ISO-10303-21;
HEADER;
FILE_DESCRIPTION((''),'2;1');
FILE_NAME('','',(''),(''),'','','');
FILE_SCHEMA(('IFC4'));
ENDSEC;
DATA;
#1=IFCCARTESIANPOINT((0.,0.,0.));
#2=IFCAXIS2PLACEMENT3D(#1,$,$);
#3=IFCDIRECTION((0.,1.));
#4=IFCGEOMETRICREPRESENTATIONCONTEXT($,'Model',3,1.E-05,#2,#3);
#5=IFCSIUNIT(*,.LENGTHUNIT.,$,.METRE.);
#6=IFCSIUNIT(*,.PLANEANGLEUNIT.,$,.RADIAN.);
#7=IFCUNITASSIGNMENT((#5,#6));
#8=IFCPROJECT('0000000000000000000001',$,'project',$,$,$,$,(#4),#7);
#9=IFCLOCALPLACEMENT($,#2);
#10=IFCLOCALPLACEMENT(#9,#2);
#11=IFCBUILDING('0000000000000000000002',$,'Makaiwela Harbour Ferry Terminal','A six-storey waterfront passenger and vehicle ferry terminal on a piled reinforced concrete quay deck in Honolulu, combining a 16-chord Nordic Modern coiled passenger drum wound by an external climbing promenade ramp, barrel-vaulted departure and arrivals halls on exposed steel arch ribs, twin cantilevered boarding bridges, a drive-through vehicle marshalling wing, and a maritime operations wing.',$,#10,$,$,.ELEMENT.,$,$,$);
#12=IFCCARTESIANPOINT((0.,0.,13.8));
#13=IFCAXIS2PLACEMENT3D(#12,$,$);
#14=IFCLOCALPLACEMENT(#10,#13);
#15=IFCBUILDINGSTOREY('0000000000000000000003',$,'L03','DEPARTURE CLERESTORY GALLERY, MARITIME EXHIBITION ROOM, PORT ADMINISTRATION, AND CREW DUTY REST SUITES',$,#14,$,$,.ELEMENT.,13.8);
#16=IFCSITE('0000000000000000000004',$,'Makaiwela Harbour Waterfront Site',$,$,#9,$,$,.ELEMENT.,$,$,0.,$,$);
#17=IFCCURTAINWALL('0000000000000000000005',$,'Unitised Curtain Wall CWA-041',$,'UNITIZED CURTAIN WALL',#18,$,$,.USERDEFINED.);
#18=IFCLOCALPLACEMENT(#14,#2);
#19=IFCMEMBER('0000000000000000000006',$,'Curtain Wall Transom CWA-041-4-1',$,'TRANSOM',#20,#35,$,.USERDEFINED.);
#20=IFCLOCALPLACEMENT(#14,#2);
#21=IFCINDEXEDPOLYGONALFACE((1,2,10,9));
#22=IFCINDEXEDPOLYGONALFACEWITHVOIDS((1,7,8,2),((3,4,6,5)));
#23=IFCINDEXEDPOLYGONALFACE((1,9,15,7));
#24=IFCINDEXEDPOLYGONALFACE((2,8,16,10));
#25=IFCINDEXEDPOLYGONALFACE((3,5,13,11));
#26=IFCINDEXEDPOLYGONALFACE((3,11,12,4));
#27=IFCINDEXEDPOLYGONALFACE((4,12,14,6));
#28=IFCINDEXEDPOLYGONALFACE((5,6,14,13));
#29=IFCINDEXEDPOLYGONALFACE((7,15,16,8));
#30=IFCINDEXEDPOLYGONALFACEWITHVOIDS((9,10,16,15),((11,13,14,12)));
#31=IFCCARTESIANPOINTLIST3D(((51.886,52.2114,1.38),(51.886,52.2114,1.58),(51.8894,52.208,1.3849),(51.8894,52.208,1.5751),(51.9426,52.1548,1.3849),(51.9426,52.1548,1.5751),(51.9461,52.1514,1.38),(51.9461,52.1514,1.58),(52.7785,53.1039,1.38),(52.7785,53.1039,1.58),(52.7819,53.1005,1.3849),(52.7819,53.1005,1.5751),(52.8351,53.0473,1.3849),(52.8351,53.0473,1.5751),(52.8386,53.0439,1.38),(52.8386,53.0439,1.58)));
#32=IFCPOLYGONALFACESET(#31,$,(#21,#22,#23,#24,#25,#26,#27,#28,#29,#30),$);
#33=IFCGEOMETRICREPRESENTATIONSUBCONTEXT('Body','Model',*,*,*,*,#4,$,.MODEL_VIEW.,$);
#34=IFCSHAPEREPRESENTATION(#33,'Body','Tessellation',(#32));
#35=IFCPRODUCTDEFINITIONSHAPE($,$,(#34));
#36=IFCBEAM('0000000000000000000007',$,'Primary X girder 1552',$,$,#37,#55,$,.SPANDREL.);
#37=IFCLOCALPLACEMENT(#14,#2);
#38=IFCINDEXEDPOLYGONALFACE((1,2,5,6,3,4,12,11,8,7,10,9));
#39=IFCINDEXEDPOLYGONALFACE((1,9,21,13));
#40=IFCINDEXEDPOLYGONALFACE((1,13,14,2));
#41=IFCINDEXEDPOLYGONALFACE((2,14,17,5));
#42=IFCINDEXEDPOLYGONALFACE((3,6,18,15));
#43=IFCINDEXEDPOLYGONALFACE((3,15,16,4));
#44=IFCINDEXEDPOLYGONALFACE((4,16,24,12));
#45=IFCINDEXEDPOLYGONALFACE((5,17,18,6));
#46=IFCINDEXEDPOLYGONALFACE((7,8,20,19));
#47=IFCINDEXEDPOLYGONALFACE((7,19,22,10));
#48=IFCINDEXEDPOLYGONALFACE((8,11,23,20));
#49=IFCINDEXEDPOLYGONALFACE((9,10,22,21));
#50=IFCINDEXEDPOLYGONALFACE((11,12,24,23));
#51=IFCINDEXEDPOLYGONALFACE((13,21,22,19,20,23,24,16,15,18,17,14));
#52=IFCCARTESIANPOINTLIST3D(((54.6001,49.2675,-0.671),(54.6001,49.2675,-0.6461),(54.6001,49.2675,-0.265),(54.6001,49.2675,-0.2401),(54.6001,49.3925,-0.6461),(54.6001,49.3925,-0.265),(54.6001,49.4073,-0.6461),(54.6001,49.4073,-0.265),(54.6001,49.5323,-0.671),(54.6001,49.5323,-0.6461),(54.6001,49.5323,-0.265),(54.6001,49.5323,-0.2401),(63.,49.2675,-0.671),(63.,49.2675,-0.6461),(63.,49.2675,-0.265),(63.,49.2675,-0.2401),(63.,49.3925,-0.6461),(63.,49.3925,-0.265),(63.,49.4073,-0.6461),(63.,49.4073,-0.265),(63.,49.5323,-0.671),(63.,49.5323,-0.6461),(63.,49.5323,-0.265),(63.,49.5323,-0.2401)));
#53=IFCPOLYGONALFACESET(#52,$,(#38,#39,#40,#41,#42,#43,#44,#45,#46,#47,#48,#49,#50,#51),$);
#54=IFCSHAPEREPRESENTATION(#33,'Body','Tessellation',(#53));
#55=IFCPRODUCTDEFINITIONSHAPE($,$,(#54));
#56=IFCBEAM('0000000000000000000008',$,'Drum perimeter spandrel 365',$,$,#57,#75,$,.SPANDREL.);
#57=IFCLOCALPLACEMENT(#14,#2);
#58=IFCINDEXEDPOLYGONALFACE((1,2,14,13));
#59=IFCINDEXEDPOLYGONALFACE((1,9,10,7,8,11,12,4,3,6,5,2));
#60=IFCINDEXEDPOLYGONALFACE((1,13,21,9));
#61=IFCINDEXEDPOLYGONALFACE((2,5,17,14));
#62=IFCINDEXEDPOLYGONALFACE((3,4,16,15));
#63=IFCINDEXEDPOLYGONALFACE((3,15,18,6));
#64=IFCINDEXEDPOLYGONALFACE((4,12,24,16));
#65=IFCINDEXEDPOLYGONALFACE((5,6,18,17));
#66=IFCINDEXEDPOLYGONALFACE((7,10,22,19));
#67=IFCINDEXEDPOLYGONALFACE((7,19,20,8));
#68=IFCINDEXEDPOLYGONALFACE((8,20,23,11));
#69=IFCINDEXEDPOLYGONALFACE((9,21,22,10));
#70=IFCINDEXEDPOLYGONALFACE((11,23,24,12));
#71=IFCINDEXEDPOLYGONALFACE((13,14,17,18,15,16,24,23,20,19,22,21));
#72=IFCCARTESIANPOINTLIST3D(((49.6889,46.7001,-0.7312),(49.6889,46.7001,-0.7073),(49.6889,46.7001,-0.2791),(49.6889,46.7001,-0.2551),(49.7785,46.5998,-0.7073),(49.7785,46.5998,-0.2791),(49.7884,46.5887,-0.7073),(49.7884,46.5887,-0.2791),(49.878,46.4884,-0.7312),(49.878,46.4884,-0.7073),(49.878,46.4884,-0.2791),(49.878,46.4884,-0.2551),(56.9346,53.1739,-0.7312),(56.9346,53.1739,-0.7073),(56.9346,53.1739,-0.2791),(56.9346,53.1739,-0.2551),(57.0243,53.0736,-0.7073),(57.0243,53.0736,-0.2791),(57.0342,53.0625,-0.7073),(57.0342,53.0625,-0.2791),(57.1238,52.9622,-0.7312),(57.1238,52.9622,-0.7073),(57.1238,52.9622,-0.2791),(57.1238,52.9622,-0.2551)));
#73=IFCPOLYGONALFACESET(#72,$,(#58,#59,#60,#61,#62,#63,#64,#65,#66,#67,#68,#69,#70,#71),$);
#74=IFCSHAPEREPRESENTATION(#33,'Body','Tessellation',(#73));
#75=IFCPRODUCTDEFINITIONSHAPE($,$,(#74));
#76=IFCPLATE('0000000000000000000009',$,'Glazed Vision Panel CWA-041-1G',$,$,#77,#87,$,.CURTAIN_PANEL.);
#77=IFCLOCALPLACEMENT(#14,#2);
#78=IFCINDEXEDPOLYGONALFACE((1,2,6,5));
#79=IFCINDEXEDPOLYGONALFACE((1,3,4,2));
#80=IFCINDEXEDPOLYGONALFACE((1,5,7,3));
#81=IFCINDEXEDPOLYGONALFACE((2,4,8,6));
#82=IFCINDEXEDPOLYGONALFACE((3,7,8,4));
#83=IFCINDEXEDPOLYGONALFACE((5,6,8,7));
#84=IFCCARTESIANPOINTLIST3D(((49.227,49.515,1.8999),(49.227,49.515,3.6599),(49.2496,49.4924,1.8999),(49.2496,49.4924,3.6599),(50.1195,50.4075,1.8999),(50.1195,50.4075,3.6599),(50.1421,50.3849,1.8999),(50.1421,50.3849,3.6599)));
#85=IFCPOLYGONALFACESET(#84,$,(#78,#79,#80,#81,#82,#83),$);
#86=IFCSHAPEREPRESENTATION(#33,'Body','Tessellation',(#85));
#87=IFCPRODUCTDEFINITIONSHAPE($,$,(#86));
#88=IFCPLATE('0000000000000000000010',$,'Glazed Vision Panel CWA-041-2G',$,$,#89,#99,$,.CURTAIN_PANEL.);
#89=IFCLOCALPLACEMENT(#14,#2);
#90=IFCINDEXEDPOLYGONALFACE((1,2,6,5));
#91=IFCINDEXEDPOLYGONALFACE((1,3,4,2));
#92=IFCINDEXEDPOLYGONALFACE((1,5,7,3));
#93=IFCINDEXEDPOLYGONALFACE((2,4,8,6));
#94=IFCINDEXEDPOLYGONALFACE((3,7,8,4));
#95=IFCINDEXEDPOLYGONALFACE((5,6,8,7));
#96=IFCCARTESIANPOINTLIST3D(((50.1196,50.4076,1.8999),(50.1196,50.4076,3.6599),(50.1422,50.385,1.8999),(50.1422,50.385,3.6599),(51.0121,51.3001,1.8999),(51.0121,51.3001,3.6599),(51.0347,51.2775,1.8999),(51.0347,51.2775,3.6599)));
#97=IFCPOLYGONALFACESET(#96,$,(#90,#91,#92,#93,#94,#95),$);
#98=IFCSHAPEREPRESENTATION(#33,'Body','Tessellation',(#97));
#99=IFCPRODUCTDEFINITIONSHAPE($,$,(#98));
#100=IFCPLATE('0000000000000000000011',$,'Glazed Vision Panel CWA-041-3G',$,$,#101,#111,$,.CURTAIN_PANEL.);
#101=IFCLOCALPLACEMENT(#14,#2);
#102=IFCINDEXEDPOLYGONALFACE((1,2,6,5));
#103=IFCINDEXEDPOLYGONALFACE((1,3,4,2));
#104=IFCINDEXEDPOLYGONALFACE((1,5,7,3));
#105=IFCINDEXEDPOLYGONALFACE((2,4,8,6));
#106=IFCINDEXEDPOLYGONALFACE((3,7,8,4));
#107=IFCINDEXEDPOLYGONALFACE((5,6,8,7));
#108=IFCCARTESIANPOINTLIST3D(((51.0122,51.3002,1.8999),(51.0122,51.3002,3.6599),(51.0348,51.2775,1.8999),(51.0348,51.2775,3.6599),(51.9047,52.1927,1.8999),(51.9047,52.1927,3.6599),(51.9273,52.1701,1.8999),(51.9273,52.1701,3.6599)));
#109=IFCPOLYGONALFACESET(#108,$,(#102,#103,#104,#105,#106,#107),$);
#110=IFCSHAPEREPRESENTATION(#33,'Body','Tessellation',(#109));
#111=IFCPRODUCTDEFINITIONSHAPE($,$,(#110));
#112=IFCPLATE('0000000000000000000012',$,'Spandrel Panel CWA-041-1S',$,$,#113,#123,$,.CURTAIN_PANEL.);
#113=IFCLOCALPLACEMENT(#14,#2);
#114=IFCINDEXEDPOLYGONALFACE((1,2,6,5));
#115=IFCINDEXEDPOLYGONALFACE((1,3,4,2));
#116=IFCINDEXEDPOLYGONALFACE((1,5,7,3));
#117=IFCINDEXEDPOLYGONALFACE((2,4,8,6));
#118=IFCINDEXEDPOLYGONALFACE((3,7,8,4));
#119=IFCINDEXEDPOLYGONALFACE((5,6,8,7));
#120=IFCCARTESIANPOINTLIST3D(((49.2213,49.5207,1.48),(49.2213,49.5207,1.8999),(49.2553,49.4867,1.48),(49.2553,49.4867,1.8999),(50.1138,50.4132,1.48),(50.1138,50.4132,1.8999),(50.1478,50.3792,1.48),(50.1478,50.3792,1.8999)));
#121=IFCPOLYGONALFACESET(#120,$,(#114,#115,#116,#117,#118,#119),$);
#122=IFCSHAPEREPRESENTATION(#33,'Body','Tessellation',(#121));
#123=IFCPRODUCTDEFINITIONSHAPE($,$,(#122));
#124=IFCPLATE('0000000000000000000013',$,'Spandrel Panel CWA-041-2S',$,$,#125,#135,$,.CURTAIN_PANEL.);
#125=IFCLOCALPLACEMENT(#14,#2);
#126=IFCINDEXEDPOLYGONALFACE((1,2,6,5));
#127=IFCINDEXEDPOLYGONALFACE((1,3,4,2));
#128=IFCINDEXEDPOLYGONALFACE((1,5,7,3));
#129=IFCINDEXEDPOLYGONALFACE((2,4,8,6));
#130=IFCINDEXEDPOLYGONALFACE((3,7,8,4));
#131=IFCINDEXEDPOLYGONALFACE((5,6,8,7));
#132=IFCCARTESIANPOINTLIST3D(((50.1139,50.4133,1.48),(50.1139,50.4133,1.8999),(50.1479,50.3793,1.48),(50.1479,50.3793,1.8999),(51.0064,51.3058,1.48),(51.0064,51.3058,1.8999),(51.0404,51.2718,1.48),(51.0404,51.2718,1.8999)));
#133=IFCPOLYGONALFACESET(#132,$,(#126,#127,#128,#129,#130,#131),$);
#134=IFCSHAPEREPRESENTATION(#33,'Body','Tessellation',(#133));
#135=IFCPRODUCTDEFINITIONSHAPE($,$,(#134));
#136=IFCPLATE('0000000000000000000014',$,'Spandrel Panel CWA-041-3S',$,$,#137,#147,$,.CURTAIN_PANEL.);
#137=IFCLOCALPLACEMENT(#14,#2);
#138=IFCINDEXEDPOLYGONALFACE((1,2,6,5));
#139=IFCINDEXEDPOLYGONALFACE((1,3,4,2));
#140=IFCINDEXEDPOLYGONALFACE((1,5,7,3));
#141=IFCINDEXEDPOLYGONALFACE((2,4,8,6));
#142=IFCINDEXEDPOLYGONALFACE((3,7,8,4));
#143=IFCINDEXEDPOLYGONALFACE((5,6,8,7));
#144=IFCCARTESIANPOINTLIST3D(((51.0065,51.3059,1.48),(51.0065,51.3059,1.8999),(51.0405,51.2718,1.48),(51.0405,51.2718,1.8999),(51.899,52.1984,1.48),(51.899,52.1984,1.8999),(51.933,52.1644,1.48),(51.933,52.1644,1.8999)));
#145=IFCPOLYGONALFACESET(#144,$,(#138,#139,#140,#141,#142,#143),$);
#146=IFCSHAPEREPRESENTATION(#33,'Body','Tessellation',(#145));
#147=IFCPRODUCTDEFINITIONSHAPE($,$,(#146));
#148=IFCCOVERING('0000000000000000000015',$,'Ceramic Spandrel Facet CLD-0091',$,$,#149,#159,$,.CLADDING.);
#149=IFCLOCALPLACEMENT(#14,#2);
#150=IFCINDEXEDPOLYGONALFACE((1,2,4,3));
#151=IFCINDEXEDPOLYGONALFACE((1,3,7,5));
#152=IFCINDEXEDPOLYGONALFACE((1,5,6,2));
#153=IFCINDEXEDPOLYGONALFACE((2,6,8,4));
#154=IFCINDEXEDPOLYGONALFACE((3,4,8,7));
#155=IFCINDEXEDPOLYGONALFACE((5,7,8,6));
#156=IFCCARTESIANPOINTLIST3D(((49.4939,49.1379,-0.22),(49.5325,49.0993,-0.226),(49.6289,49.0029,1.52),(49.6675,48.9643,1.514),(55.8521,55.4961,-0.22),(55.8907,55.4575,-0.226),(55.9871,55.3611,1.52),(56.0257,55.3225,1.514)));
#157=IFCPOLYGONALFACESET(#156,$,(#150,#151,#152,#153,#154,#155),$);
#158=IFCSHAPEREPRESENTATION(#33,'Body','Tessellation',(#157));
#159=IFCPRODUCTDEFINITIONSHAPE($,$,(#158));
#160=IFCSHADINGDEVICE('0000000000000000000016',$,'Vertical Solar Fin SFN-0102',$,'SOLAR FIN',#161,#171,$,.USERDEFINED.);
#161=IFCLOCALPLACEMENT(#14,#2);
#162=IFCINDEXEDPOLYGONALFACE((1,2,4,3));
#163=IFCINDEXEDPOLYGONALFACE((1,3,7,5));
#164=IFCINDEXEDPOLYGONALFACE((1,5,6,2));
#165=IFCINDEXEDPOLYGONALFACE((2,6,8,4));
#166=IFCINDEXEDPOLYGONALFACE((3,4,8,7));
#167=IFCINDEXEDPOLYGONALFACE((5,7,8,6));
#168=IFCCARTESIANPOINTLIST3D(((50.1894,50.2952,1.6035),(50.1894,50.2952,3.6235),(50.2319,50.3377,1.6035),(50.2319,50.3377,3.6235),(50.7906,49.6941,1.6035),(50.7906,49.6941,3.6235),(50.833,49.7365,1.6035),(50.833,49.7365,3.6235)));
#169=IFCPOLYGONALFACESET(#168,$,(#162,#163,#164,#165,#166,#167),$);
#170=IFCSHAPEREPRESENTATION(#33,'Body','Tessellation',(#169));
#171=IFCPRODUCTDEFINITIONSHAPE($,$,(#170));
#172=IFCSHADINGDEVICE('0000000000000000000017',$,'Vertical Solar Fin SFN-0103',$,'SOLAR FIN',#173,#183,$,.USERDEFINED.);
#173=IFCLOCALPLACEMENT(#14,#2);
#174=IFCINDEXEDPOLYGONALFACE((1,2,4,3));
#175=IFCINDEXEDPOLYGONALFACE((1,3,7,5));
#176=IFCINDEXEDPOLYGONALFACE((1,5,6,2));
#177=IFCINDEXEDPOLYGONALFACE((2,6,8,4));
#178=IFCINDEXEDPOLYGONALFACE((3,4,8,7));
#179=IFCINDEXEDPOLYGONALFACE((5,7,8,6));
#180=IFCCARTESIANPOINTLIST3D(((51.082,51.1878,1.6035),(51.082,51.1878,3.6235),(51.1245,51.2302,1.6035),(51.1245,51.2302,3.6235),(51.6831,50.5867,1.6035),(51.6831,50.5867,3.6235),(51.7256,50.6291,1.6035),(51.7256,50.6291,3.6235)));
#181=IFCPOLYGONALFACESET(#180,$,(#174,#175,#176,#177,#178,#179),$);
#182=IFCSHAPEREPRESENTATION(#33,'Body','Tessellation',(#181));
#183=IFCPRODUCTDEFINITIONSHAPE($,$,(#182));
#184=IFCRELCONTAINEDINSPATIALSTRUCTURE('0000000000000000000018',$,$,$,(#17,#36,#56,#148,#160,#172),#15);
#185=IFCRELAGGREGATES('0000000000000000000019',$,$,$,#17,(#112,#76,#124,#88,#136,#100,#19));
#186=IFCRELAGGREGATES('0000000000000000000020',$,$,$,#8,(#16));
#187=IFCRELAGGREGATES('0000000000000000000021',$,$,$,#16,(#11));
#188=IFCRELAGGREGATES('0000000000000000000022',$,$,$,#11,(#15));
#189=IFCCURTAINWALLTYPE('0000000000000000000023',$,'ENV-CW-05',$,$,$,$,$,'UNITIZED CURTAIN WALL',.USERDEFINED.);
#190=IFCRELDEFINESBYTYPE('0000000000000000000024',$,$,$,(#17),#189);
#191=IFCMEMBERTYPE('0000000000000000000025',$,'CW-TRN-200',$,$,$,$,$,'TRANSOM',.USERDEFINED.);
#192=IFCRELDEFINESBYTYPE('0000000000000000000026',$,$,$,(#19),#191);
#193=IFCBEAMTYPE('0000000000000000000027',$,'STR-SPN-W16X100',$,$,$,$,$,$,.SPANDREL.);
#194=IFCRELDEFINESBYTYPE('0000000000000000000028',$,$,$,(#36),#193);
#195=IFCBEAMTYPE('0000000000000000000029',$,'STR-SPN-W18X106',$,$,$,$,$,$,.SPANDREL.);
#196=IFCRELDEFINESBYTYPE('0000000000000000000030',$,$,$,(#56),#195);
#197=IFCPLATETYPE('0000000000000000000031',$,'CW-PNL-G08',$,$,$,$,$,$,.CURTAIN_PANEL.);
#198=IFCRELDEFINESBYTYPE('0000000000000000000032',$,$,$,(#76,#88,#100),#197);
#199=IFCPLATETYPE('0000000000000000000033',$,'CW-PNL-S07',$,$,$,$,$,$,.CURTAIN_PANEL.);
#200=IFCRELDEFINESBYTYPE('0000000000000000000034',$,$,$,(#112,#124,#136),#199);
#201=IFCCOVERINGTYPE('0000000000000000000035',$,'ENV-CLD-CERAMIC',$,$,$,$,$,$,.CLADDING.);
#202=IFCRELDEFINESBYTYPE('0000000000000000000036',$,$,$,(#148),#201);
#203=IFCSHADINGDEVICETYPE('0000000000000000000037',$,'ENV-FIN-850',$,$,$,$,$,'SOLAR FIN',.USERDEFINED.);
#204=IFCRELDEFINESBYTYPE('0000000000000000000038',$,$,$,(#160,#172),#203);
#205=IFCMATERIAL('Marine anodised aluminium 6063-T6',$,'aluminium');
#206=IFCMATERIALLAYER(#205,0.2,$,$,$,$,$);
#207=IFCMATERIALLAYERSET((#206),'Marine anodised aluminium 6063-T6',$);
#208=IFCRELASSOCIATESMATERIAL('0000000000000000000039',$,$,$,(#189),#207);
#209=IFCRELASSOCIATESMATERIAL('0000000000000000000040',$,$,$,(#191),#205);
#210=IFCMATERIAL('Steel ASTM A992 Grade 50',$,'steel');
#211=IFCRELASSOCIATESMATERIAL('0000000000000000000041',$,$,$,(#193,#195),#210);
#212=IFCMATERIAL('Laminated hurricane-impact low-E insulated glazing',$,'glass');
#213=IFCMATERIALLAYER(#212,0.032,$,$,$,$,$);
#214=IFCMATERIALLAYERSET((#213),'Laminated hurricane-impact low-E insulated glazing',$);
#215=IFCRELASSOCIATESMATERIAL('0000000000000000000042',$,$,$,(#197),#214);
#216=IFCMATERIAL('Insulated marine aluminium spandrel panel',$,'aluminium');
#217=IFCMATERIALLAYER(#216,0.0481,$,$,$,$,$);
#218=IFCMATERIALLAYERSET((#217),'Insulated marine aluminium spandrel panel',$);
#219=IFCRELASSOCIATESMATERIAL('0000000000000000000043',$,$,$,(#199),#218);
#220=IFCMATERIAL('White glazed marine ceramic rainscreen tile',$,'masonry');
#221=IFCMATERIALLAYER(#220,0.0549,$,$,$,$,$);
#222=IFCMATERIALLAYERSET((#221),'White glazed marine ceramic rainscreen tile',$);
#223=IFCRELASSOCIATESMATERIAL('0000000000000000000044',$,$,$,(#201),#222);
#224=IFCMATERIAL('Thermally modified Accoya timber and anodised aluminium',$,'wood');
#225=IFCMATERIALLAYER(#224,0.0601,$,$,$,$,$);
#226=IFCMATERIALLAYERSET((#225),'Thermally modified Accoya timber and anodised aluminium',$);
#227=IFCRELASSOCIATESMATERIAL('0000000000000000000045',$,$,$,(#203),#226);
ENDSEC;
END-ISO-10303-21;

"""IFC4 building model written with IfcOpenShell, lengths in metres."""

from ifc_helpers import new_model, si_unit, direction, frame, origin, origin_2d, place, context, subcontext, project, spatial, polyline, rectangle, hollow_rectangle, i_section, outline, extrude, material, layer, layer_set, material_profile, profile_set, type_object, element, aggregate, save


model = new_model("IFC4")

# Units and contexts
model_context = context("Model", 3, precision=1e-05, world=origin(), true_north=direction((0.0, 1.0)))
body_context = subcontext(model_context, "Body", "Model", "MODEL_VIEW")
ifc_project = project(units=[si_unit("LENGTHUNIT", "METRE"), si_unit("PLANEANGLEUNIT", "RADIAN")], contexts=[model_context])

# Site, building, storey
site_placement = place(None, origin())
site = spatial("IfcSite", under=ifc_project, at=site_placement, Name="Makaiwela Harbour Waterfront Site", CompositionType="ELEMENT", RefElevation=0.0)
building_placement = place(site_placement, origin())
building = spatial("IfcBuilding", under=site, at=building_placement, Name="Makaiwela Harbour Ferry Terminal", Description="A six-storey waterfront passenger and vehicle ferry terminal on a piled reinforced concrete quay deck in Honolulu, combining a 16-chord Nordic Modern coiled passenger drum wound by an external climbing promenade ramp, barrel-vaulted departure and arrivals halls on exposed steel arch ribs, twin cantilevered boarding bridges, a drive-through vehicle marshalling wing, and a maritime operations wing.", CompositionType="ELEMENT")
storey_placement = place(building_placement, frame((0.0, 0.0, 13.8)))
storey = spatial("IfcBuildingStorey", under=building, at=storey_placement, Name="L03", Description="DEPARTURE CLERESTORY GALLERY, MARITIME EXHIBITION ROOM, PORT ADMINISTRATION, AND CREW DUTY REST SUITES", CompositionType="ELEMENT", Elevation=13.8)

# Curtain wall, member
ifc_material_1 = material(Name="Marine anodised aluminium 6063-T6", Category="aluminium")
ifc_layer_1 = layer(ifc_material_1, 0.2)
ifc_layer_set_1 = layer_set([ifc_layer_1], Name="Marine anodised aluminium 6063-T6")
curtain_wall_type = type_object("IfcCurtainWallType", Name="ENV-CW-05", ElementType="UNITIZED CURTAIN WALL", PredefinedType="USERDEFINED", material=ifc_layer_set_1)
curtain_wall_placement = place(storey_placement, origin())
curtain_wall = element("IfcCurtainWall", 1, at=curtain_wall_placement, inside=storey, type_object=curtain_wall_type, Name="Unitised Curtain Wall CWA-041", ObjectType="UNITIZED CURTAIN WALL", PredefinedType="USERDEFINED")
ifc_material_profile_1 = material_profile(ifc_material_1, hollow_rectangle(XDim=0.085, YDim=0.2, WallThickness=0.0049, at=origin_2d()), Name="CWT-200X85")
ifc_profile_set_1 = profile_set([ifc_material_profile_1], Name="Marine anodised aluminium 6063-T6")
member_type_1 = type_object("IfcMemberType", Name="CW-TRN-200", ElementType="TRANSOM", PredefinedType="USERDEFINED", material=ifc_profile_set_1)
member_1_placement = place(storey_placement, frame((51.916, 52.1814, 1.48), z_axis=(0.707107, 0.707107, 0.0), x_axis=(-0.707107, 0.707107, 0.0)))
member_1 = element("IfcMember", 2, at=member_1_placement, type_object=member_type_1, Name="Curtain Wall Transom CWA-041-4-1", ObjectType="TRANSOM", PredefinedType="USERDEFINED", context=body_context, shape_type="SweptSolid", body=[
    extrude(hollow_rectangle(XDim=0.085, YDim=0.2, WallThickness=0.0049, at=origin_2d()), origin(), (0.0, 0.0, 1.0), 1.2622),
])

# Beams
ifc_material_2 = material(Name="Steel ASTM A992 Grade 50", Category="steel")
ifc_material_profile_2 = material_profile(ifc_material_2, i_section(OverallWidth=0.2649, OverallDepth=0.4309, WebThickness=0.0149, FlangeThickness=0.0249, at=origin_2d()), Name="W16X100")
ifc_profile_set_2 = profile_set([ifc_material_profile_2], Name="Steel ASTM A992 Grade 50")
beam_type_1 = type_object("IfcBeamType", Name="STR-SPN-W16X100", PredefinedType="SPANDREL", material=ifc_profile_set_2)
beam_1_placement = place(storey_placement, frame((54.6001, 49.3999, -0.4556), z_axis=(1.0, 0.0, 0.0), x_axis=(0.0, 1.0, 0.0)))
element("IfcBeam", 3, at=beam_1_placement, inside=storey, type_object=beam_type_1, Name="Primary X girder 1552", PredefinedType="SPANDREL", context=body_context, shape_type="SweptSolid", body=[
    extrude(i_section(OverallWidth=0.2649, OverallDepth=0.4309, WebThickness=0.0149, FlangeThickness=0.0249, at=origin_2d()), origin(), (0.0, 0.0, 1.0), 8.3999),
])
ifc_material_profile_3 = material_profile(ifc_material_2, i_section(OverallWidth=0.2839, OverallDepth=0.4761, WebThickness=0.0149, FlangeThickness=0.0239, at=origin_2d()), Name="W18X106")
ifc_profile_set_3 = profile_set([ifc_material_profile_3], Name="Steel ASTM A992 Grade 50")
beam_type_2 = type_object("IfcBeamType", Name="STR-SPN-W18X106", PredefinedType="SPANDREL", material=ifc_profile_set_3)
beam_2_placement = place(storey_placement, frame((49.7834, 46.5942, -0.4932), z_axis=(0.745714, 0.666266, 0.0), x_axis=(-0.666266, 0.745714, 0.0)))
element("IfcBeam", 4, at=beam_2_placement, inside=storey, type_object=beam_type_2, Name="Drum perimeter spandrel 365", PredefinedType="SPANDREL", context=body_context, shape_type="SweptSolid", body=[
    extrude(i_section(OverallWidth=0.2839, OverallDepth=0.4761, WebThickness=0.0149, FlangeThickness=0.0239, at=origin_2d()), origin(), (0.0, 0.0, 1.0), 9.7166),
])

# Plates
ifc_material_3 = material(Name="Laminated hurricane-impact low-E insulated glazing", Category="glass")
ifc_layer_2 = layer(ifc_material_3, 0.032)
ifc_layer_set_2 = layer_set([ifc_layer_2], Name="Laminated hurricane-impact low-E insulated glazing")
plate_type_1 = type_object("IfcPlateType", Name="CW-PNL-G08", PredefinedType="CURTAIN_PANEL", material=ifc_layer_set_2)
plate_1_placement = place(storey_placement, frame((49.6846, 49.95, 1.8999), z_axis=(0.0, 0.0, 1.0), x_axis=(0.707107, 0.707107, 0.0)))
plate_1 = element("IfcPlate", 5, at=plate_1_placement, type_object=plate_type_1, Name="Glazed Vision Panel CWA-041-1G", PredefinedType="CURTAIN_PANEL", context=body_context, shape_type="SweptSolid", body=[
    extrude(rectangle(XDim=1.2622, YDim=0.032, at=origin_2d()), origin(), (0.0, 0.0, 1.0), 1.76),
])
plate_2_placement = place(storey_placement, frame((50.5771, 50.8425, 1.8999), z_axis=(0.0, 0.0, 1.0), x_axis=(0.707107, 0.707107, 0.0)))
plate_2 = element("IfcPlate", 6, at=plate_2_placement, type_object=plate_type_1, Name="Glazed Vision Panel CWA-041-2G", PredefinedType="CURTAIN_PANEL", context=body_context, shape_type="SweptSolid", body=[
    extrude(rectangle(XDim=1.2622, YDim=0.032, at=origin_2d()), origin(), (0.0, 0.0, 1.0), 1.76),
])
plate_3_placement = place(storey_placement, frame((51.4697, 51.7351, 1.8999), z_axis=(0.0, 0.0, 1.0), x_axis=(0.707107, 0.707107, 0.0)))
plate_3 = element("IfcPlate", 7, at=plate_3_placement, type_object=plate_type_1, Name="Glazed Vision Panel CWA-041-3G", PredefinedType="CURTAIN_PANEL", context=body_context, shape_type="SweptSolid", body=[
    extrude(rectangle(XDim=1.2622, YDim=0.032, at=origin_2d()), origin(), (0.0, 0.0, 1.0), 1.76),
])
ifc_material_4 = material(Name="Insulated marine aluminium spandrel panel", Category="aluminium")
ifc_layer_3 = layer(ifc_material_4, 0.0481)
ifc_layer_set_3 = layer_set([ifc_layer_3], Name="Insulated marine aluminium spandrel panel")
plate_type_2 = type_object("IfcPlateType", Name="CW-PNL-S07", PredefinedType="CURTAIN_PANEL", material=ifc_layer_set_3)
plate_4_placement = place(storey_placement, frame((49.6846, 49.95, 1.48), z_axis=(0.0, 0.0, 1.0), x_axis=(0.707107, 0.707107, 0.0)))
plate_4 = element("IfcPlate", 8, at=plate_4_placement, type_object=plate_type_2, Name="Spandrel Panel CWA-041-1S", PredefinedType="CURTAIN_PANEL", context=body_context, shape_type="SweptSolid", body=[
    extrude(rectangle(XDim=1.2622, YDim=0.0481, at=origin_2d()), origin(), (0.0, 0.0, 1.0), 0.4199),
])
plate_5_placement = place(storey_placement, frame((50.5771, 50.8425, 1.48), z_axis=(0.0, 0.0, 1.0), x_axis=(0.707107, 0.707107, 0.0)))
plate_5 = element("IfcPlate", 9, at=plate_5_placement, type_object=plate_type_2, Name="Spandrel Panel CWA-041-2S", PredefinedType="CURTAIN_PANEL", context=body_context, shape_type="SweptSolid", body=[
    extrude(rectangle(XDim=1.2622, YDim=0.0481, at=origin_2d()), origin(), (0.0, 0.0, 1.0), 0.4199),
])
plate_6_placement = place(storey_placement, frame((51.4697, 51.7351, 1.48), z_axis=(0.0, 0.0, 1.0), x_axis=(0.707107, 0.707107, 0.0)))
plate_6 = element("IfcPlate", 10, at=plate_6_placement, type_object=plate_type_2, Name="Spandrel Panel CWA-041-3S", PredefinedType="CURTAIN_PANEL", context=body_context, shape_type="SweptSolid", body=[
    extrude(rectangle(XDim=1.2622, YDim=0.0481, at=origin_2d()), origin(), (0.0, 0.0, 1.0), 0.4199),
])
aggregate(curtain_wall, [plate_4, plate_1, plate_5, plate_2, plate_6, plate_3, member_1])

# Covering
ifc_material_5 = material(Name="White glazed marine ceramic rainscreen tile", Category="masonry")
ifc_layer_4 = layer(ifc_material_5, 0.0549)
ifc_layer_set_4 = layer_set([ifc_layer_4], Name="White glazed marine ceramic rainscreen tile")
covering_type = type_object("IfcCoveringType", Name="ENV-CLD-CERAMIC", PredefinedType="CLADDING", material=ifc_layer_set_4)
covering_placement = place(storey_placement, frame((49.4939, 49.1379, -0.22), z_axis=(-0.702888, 0.702888, 0.109077), x_axis=(0.707107, 0.707107, 0.0)))
element("IfcCovering", 11, at=covering_placement, inside=storey, type_object=covering_type, Name="Ceramic Spandrel Facet CLD-0091", PredefinedType="CLADDING", context=body_context, shape_type="SweptSolid", body=[
    extrude(outline(polyline([(0.0, 0.0), (8.9918, 0.0), (8.9918, -1.7504), (0.0, -1.7504), (0.0, 0.0)])), origin(), (0.0, 0.0, -1.0), 0.0549),
])

# Shading devices
ifc_material_6 = material(Name="Thermally modified Accoya timber and anodised aluminium", Category="wood")
ifc_layer_5 = layer(ifc_material_6, 0.0601)
ifc_layer_set_5 = layer_set([ifc_layer_5], Name="Thermally modified Accoya timber and anodised aluminium")
shading_device_type = type_object("IfcShadingDeviceType", Name="ENV-FIN-850", ElementType="SOLAR FIN", PredefinedType="USERDEFINED", material=ifc_layer_set_5)
for number, where, z_axis, x_axis, name in (
    (12, (50.5112, 50.0159, 1.6035), (0.0, 0.0, 1.0), (0.707107, -0.707107, 0.0), "Vertical Solar Fin SFN-0102"),
    (13, (51.4038, 50.9084, 1.6035), (0.0, 0.0, 1.0), (0.707107, -0.707107, 0.0), "Vertical Solar Fin SFN-0103"),
):
    element("IfcShadingDevice", number, at=place(storey_placement, frame(where, z_axis=z_axis, x_axis=x_axis)), inside=storey, type_object=shading_device_type, Name=name, ObjectType="SOLAR FIN", PredefinedType="USERDEFINED", context=body_context, shape_type="SweptSolid", body=[
        extrude(rectangle(XDim=0.8501, YDim=0.0601, at=origin_2d()), origin(), (0.0, 0.0, 1.0), 2.02),
    ])

save(model, "model.ifc")
